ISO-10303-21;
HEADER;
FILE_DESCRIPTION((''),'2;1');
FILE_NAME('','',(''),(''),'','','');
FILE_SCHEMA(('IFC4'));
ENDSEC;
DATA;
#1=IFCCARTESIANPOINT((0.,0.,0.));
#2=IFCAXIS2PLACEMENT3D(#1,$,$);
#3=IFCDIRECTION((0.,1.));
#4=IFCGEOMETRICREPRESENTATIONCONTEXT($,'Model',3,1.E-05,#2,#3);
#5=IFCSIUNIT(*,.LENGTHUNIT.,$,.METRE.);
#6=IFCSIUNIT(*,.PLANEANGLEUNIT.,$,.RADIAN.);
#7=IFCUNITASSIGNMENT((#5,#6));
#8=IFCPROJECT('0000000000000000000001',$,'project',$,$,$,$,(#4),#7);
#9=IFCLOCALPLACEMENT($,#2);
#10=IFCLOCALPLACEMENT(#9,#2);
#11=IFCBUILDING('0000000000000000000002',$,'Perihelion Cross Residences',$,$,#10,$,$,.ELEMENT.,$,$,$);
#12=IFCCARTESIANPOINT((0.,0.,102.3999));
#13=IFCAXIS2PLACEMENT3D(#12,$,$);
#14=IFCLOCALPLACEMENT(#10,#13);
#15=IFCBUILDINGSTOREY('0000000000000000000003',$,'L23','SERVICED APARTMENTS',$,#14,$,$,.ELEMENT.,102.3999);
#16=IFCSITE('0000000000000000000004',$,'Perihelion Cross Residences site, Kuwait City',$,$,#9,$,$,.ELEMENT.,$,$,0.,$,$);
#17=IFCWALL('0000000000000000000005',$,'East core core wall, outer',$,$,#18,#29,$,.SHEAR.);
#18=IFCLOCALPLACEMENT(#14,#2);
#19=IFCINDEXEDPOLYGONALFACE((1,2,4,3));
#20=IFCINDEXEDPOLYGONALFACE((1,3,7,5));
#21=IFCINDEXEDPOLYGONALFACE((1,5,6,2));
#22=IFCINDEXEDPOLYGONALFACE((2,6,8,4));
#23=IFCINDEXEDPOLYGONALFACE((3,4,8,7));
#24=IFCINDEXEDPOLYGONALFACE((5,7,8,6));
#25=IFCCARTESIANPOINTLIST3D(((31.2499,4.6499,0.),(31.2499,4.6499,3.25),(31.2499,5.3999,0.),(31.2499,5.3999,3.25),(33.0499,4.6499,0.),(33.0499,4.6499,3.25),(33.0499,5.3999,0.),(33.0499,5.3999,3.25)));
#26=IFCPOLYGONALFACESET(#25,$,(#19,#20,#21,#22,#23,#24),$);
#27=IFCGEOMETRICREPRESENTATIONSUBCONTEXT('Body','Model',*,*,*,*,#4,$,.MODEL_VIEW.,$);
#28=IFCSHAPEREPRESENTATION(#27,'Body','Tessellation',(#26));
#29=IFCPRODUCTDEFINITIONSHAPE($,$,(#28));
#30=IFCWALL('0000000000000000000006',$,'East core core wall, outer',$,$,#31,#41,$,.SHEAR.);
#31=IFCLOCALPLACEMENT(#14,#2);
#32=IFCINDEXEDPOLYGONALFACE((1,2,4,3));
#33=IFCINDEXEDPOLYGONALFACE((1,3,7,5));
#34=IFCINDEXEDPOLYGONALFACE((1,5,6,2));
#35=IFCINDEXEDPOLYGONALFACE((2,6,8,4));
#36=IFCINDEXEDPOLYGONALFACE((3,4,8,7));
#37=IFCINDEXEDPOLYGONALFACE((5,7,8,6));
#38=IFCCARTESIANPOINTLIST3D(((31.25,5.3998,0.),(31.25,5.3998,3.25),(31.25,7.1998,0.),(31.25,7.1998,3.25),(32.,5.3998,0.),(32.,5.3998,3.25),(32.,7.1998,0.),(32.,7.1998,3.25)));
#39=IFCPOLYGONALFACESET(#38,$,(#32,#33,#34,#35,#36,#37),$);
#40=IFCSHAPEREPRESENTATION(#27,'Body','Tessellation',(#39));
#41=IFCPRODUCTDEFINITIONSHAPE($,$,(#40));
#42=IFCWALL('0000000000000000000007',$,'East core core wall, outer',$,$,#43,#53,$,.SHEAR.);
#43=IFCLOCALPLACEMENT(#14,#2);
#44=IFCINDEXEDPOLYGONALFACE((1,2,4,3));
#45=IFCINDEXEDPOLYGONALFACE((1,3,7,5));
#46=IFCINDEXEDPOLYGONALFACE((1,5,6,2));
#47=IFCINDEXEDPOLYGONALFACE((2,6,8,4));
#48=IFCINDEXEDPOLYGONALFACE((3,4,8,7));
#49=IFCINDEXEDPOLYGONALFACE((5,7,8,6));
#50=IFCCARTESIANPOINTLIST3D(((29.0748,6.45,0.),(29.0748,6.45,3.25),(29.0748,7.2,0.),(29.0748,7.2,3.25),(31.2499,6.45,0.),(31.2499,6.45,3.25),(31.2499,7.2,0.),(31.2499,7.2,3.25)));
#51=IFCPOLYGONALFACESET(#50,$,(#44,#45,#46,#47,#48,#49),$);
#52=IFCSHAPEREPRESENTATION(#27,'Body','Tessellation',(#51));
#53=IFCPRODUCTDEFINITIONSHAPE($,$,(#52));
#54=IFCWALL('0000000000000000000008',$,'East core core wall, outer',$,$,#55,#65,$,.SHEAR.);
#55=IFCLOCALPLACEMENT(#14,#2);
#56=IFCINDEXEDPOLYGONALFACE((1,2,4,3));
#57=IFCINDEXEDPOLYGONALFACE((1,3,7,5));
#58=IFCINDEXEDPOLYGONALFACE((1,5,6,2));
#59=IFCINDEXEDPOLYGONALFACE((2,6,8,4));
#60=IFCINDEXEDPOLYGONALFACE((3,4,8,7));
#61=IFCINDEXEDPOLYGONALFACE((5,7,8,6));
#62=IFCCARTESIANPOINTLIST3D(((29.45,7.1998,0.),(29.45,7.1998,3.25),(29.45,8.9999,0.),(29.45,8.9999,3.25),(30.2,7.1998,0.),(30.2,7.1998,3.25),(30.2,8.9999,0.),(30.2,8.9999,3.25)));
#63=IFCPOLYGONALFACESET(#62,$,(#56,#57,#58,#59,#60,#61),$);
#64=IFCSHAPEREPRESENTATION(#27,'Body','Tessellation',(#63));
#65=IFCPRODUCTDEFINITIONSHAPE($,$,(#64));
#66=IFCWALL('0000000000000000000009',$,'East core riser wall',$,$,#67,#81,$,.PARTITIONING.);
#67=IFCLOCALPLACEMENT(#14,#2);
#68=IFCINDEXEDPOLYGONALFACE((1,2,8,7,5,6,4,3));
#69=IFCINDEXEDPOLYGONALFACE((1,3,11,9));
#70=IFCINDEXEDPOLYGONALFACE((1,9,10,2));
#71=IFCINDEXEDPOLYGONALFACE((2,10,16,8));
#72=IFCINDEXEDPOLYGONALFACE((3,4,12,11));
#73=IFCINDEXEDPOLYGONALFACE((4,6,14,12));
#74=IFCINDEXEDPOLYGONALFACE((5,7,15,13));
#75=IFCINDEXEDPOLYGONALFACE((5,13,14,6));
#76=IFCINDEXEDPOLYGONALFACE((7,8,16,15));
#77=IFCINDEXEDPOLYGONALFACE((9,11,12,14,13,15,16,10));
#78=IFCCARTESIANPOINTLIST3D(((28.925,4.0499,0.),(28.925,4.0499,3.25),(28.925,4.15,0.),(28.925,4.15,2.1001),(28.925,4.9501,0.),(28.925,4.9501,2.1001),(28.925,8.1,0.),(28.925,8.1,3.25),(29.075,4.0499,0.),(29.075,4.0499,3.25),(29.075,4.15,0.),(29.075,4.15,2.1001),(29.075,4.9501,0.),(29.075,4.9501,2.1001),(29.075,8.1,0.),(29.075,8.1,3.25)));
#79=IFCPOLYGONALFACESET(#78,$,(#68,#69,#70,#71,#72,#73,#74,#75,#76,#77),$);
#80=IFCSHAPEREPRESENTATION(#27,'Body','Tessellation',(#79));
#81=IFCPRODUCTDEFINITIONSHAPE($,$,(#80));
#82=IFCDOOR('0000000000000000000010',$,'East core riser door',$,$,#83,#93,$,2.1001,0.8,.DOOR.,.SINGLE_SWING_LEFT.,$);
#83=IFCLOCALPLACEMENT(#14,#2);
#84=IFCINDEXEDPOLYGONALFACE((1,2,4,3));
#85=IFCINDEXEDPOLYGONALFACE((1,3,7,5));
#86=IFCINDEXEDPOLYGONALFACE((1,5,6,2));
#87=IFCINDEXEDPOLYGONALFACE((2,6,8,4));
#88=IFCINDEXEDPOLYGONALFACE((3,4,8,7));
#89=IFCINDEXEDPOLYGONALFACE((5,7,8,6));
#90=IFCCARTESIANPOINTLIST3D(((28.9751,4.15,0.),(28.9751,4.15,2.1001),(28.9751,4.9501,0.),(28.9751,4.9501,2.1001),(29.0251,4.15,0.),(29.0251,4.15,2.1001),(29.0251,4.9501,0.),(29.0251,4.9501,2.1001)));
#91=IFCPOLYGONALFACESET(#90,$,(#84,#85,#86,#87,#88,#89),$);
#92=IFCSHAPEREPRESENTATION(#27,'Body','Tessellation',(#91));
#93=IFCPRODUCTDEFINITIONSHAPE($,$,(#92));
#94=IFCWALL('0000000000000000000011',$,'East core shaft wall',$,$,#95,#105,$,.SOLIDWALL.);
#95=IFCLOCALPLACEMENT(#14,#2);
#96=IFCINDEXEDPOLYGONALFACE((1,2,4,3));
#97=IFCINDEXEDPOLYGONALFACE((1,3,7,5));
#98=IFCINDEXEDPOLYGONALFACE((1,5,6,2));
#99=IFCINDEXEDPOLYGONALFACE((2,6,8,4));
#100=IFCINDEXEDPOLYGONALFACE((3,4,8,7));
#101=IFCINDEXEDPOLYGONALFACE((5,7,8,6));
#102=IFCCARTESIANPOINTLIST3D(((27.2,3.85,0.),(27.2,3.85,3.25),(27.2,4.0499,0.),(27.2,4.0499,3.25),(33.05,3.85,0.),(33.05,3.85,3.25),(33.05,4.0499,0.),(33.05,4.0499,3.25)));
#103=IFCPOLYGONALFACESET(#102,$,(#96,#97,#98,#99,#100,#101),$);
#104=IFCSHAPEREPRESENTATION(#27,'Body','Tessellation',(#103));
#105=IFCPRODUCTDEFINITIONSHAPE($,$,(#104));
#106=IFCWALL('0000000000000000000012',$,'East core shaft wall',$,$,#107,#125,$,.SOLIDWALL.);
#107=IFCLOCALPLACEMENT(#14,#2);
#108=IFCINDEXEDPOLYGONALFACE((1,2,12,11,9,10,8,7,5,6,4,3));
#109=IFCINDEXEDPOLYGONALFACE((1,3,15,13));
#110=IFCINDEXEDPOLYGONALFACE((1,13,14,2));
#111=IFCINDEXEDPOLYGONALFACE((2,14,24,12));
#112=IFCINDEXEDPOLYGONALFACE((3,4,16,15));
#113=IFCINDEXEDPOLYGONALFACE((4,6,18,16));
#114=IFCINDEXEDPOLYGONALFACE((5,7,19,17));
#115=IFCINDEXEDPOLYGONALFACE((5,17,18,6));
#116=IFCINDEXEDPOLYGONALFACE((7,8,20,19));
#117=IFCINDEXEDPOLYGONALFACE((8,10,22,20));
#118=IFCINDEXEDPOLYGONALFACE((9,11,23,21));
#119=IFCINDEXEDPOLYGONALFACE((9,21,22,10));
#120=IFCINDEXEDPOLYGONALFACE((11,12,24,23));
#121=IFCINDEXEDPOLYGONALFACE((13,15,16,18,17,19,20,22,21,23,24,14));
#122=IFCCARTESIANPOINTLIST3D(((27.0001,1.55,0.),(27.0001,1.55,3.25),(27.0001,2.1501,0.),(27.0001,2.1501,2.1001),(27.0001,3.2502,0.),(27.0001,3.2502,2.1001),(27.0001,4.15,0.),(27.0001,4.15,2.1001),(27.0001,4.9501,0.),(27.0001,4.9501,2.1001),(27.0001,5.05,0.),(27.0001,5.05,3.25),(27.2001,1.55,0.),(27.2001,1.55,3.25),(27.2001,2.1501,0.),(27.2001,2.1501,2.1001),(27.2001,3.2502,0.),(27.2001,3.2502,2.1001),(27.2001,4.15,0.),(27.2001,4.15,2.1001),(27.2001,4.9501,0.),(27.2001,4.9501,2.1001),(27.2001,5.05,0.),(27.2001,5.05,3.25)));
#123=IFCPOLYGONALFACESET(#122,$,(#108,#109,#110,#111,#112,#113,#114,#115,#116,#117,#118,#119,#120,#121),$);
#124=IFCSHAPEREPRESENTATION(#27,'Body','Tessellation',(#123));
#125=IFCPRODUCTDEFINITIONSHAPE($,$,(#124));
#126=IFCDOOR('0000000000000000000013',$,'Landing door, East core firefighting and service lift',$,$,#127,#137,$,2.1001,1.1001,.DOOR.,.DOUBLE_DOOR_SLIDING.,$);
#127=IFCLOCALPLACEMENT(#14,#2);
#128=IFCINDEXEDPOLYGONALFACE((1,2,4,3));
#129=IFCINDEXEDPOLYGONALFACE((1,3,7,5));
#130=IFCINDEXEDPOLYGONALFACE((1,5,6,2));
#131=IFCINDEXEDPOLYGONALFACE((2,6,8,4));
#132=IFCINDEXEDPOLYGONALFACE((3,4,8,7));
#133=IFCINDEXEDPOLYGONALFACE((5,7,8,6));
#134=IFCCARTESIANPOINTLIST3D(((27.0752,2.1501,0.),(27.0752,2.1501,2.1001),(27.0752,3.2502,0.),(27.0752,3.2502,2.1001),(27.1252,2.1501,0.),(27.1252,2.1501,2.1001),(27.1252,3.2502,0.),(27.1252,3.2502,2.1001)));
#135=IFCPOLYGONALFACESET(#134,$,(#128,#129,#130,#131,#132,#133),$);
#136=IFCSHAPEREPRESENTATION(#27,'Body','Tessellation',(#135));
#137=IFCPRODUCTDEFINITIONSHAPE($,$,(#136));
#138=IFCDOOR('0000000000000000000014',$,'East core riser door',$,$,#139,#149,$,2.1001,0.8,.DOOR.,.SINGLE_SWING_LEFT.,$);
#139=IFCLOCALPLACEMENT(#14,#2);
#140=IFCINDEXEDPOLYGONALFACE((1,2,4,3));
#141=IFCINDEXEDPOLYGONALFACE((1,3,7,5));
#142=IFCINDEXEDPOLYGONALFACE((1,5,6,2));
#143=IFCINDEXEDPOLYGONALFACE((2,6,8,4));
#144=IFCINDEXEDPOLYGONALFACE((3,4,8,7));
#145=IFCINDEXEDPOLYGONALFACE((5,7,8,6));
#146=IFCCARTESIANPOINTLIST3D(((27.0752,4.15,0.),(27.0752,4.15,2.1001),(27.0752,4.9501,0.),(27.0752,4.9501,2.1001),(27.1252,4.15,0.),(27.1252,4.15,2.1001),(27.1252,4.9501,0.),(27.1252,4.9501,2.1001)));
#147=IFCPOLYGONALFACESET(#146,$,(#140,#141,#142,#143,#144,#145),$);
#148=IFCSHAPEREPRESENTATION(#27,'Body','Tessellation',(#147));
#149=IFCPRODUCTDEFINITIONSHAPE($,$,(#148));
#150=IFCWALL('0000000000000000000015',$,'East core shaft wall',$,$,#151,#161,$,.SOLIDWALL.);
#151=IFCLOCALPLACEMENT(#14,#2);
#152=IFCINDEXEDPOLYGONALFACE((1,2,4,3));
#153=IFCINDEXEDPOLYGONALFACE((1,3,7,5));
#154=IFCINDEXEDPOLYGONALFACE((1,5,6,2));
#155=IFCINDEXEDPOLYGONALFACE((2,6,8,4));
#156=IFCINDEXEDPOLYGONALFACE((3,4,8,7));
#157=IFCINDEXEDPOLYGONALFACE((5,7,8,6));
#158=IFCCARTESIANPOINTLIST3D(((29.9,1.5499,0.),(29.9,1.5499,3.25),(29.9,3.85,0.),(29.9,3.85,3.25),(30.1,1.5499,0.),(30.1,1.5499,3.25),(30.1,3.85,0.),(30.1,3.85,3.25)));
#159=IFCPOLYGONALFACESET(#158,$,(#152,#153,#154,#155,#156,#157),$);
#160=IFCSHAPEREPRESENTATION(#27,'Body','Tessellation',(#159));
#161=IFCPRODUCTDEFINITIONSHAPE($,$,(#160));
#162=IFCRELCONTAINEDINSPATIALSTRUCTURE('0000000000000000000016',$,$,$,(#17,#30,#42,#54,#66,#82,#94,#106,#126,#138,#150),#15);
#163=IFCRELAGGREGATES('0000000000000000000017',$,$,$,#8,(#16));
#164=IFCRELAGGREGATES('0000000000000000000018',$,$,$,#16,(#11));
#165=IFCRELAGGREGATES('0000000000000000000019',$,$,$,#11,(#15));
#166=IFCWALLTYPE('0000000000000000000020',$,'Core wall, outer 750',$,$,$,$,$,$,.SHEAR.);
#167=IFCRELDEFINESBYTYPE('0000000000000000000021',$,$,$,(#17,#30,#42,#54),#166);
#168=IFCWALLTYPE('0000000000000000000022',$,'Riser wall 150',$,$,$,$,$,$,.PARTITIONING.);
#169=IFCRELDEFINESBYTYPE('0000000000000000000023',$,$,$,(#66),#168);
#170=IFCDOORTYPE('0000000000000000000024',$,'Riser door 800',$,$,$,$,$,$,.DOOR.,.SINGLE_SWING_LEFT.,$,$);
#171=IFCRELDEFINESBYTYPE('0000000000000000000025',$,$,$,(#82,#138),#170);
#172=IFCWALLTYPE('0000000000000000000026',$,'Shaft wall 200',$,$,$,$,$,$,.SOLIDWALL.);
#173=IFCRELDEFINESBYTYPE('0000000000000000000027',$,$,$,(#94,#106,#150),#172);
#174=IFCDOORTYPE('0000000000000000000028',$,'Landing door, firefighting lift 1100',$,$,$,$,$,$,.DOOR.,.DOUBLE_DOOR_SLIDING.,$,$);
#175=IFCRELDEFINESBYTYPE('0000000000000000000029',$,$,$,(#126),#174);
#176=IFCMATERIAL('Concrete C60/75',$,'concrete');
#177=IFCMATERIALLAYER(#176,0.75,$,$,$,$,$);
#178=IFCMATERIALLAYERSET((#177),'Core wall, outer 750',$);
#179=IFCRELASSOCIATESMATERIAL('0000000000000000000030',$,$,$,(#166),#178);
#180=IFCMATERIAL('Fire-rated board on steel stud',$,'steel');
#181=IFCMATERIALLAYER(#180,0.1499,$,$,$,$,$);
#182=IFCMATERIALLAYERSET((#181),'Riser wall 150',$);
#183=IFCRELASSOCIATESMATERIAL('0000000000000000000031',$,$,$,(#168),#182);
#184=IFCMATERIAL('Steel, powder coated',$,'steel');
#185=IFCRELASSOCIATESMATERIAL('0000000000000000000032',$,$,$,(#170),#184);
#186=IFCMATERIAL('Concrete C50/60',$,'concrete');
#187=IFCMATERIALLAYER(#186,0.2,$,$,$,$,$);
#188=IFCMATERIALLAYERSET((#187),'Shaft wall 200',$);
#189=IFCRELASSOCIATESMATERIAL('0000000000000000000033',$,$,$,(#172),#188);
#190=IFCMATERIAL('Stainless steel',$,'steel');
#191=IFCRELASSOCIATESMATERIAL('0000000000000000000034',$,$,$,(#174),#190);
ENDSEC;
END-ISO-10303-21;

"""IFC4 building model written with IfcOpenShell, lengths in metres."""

from ifc_helpers import new_model, si_unit, direction, frame, frame_2d, origin, place, context, subcontext, project, spatial, rectangle, extrude, material, layer, layer_set, type_object, element, fill, save


model = new_model("IFC4")

# Units and contexts
model_context = context("Model", 3, precision=1e-05, world=origin(), true_north=direction((0.0, 1.0)))
body_context = subcontext(model_context, "Body", "Model", "MODEL_VIEW")
ifc_project = project(units=[si_unit("LENGTHUNIT", "METRE"), si_unit("PLANEANGLEUNIT", "RADIAN")], contexts=[model_context])

# Site, building, storey
site_placement = place(None, origin())
site = spatial("IfcSite", under=ifc_project, at=site_placement, Name="Perihelion Cross Residences site, Kuwait City", CompositionType="ELEMENT", RefElevation=0.0)
building_placement = place(site_placement, origin())
building = spatial("IfcBuilding", under=site, at=building_placement, Name="Perihelion Cross Residences", CompositionType="ELEMENT")
storey_placement = place(building_placement, frame((0.0, 0.0, 102.3999)))
storey = spatial("IfcBuildingStorey", under=building, at=storey_placement, Name="L23", Description="SERVICED APARTMENTS", CompositionType="ELEMENT", Elevation=102.3999)

# Walls
ifc_material_1 = material(Name="Concrete C60/75", Category="concrete")
ifc_layer_1 = layer(ifc_material_1, 0.75)
ifc_layer_set_1 = layer_set([ifc_layer_1], Name="Core wall, outer 750")
wall_type_1 = type_object("IfcWallType", Name="Core wall, outer 750", PredefinedType="SHEAR", material=ifc_layer_set_1)
for number, where, z_axis, x_axis, name in (
    (1, (31.25, 5.0249, 0.0), (0.0, 0.0, 1.0), (1.0, 0.0, 0.0), "East core core wall, outer"),
    (2, (31.625, 5.3999, 0.0), (0.0, 0.0, 1.0), (0.0, 1.0, 0.0), "East core core wall, outer"),
):
    element("IfcWall", number, at=place(storey_placement, frame(where, z_axis=z_axis, x_axis=x_axis)), inside=storey, type_object=wall_type_1, Name=name, PredefinedType="SHEAR", context=body_context, shape_type="SweptSolid", body=[
        extrude(rectangle(XDim=1.8, YDim=0.75, at=frame_2d((0.8999, 0.0))), origin(), (0.0, 0.0, 1.0), 3.25),
    ])
wall_1_placement = place(storey_placement, frame((29.075, 6.825, 0.0), z_axis=(0.0, 0.0, 1.0), x_axis=(1.0, 0.0, 0.0)))
element("IfcWall", 3, at=wall_1_placement, inside=storey, type_object=wall_type_1, Name="East core core wall, outer", PredefinedType="SHEAR", context=body_context, shape_type="SweptSolid", body=[
    extrude(rectangle(XDim=2.175, YDim=0.75, at=frame_2d((1.0874, 0.0))), origin(), (0.0, 0.0, 1.0), 3.25),
])
wall_2_placement = place(storey_placement, frame((29.825, 7.2, 0.0), z_axis=(0.0, 0.0, 1.0), x_axis=(0.0, 1.0, 0.0)))
element("IfcWall", 4, at=wall_2_placement, inside=storey, type_object=wall_type_1, Name="East core core wall, outer", PredefinedType="SHEAR", context=body_context, shape_type="SweptSolid", body=[
    extrude(rectangle(XDim=1.8, YDim=0.75, at=frame_2d((0.8999, 0.0))), origin(), (0.0, 0.0, 1.0), 3.25),
])

# Wall, opening, door
ifc_material_2 = material(Name="Fire-rated board on steel stud", Category="steel")
ifc_layer_2 = layer(ifc_material_2, 0.1499)
ifc_layer_set_2 = layer_set([ifc_layer_2], Name="Riser wall 150")
wall_type_2 = type_object("IfcWallType", Name="Riser wall 150", PredefinedType="PARTITIONING", material=ifc_layer_set_2)
wall_3_placement = place(storey_placement, frame((29.0, 4.05, 0.0), z_axis=(0.0, 0.0, 1.0), x_axis=(0.0, 1.0, 0.0)))
wall_3 = element("IfcWall", 5, at=wall_3_placement, inside=storey, type_object=wall_type_2, Name="East core riser wall", PredefinedType="PARTITIONING", context=body_context, shape_type="SweptSolid", body=[
    extrude(rectangle(XDim=4.05, YDim=0.1499, at=frame_2d((2.0249, 0.0))), origin(), (0.0, 0.0, 1.0), 3.25),
])
opening_1_placement = place(wall_3_placement, frame((0.1001, 0.0, 0.0)))
opening_1 = element("IfcOpeningElement", 6, at=opening_1_placement, cuts=wall_3, PredefinedType="OPENING", context=body_context, shape_type="SweptSolid", body=[
    extrude(rectangle(XDim=0.8, YDim=2.1001, at=frame_2d((0.3999, 1.05))), frame((0.0, 0.085, 0.0), z_axis=(0.0, -1.0, 0.0), x_axis=(1.0, 0.0, 0.0)), (0.0, 0.0, 1.0), 0.1699),
])
ifc_material_3 = material(Name="Steel, powder coated", Category="steel")
door_type_1 = type_object("IfcDoorType", Name="Riser door 800", OperationType="SINGLE_SWING_LEFT", PredefinedType="DOOR", material=ifc_material_3)
door_1_placement = place(opening_1_placement, origin())
door_1 = element("IfcDoor", 7, at=door_1_placement, inside=storey, type_object=door_type_1, Name="East core riser door", OperationType="SINGLE_SWING_LEFT", OverallHeight=2.1001, OverallWidth=0.8, PredefinedType="DOOR", context=body_context, shape_type="SweptSolid", body=[
    extrude(rectangle(XDim=0.8, YDim=2.1001, at=frame_2d((0.3999, 1.05))), frame((0.0, 0.0249, 0.0), z_axis=(0.0, -1.0, 0.0), x_axis=(1.0, 0.0, 0.0)), (0.0, 0.0, 1.0), 0.05),
])
fill(opening_1, door_1)

# Wall
ifc_material_4 = material(Name="Concrete C50/60", Category="concrete")
ifc_layer_3 = layer(ifc_material_4, 0.2)
ifc_layer_set_3 = layer_set([ifc_layer_3], Name="Shaft wall 200")
wall_type_3 = type_object("IfcWallType", Name="Shaft wall 200", PredefinedType="SOLIDWALL", material=ifc_layer_set_3)
wall_4_placement = place(storey_placement, frame((27.2, 3.95, 0.0), z_axis=(0.0, 0.0, 1.0), x_axis=(1.0, 0.0, 0.0)))
element("IfcWall", 8, at=wall_4_placement, inside=storey, type_object=wall_type_3, Name="East core shaft wall", PredefinedType="SOLIDWALL", context=body_context, shape_type="SweptSolid", body=[
    extrude(rectangle(XDim=5.8501, YDim=0.2, at=frame_2d((2.925, 0.0))), origin(), (0.0, 0.0, 1.0), 3.25),
])

# Wall, openings, doors
wall_5_placement = place(storey_placement, frame((27.1001, 1.55, 0.0), z_axis=(0.0, 0.0, 1.0), x_axis=(0.0, 1.0, 0.0)))
wall_5 = element("IfcWall", 9, at=wall_5_placement, inside=storey, type_object=wall_type_3, Name="East core shaft wall", PredefinedType="SOLIDWALL", context=body_context, shape_type="SweptSolid", body=[
    extrude(rectangle(XDim=3.5, YDim=0.2, at=frame_2d((1.75, 0.0))), origin(), (0.0, 0.0, 1.0), 3.25),
])
opening_2_placement = place(wall_5_placement, frame((0.6001, 0.0, 0.0)))
opening_2 = element("IfcOpeningElement", 10, at=opening_2_placement, cuts=wall_5, PredefinedType="OPENING", context=body_context, shape_type="SweptSolid", body=[
    extrude(rectangle(XDim=1.1001, YDim=2.1001, at=frame_2d((0.55, 1.05))), frame((0.0, 0.1099, 0.0), z_axis=(0.0, -1.0, 0.0), x_axis=(1.0, 0.0, 0.0)), (0.0, 0.0, 1.0), 0.22),
])
opening_3_placement = place(wall_5_placement, frame((2.6001, 0.0, 0.0)))
opening_3 = element("IfcOpeningElement", 11, at=opening_3_placement, cuts=wall_5, PredefinedType="OPENING", context=body_context, shape_type="SweptSolid", body=[
    extrude(rectangle(XDim=0.8, YDim=2.1001, at=frame_2d((0.3999, 1.05))), frame((0.0, 0.1099, 0.0), z_axis=(0.0, -1.0, 0.0), x_axis=(1.0, 0.0, 0.0)), (0.0, 0.0, 1.0), 0.22),
])
ifc_material_5 = material(Name="Stainless steel", Category="steel")
door_type_2 = type_object("IfcDoorType", Name="Landing door, firefighting lift 1100", OperationType="DOUBLE_DOOR_SLIDING", PredefinedType="DOOR", material=ifc_material_5)
door_2_placement = place(opening_2_placement, origin())
door_2 = element("IfcDoor", 12, at=door_2_placement, inside=storey, type_object=door_type_2, Name="Landing door, East core firefighting and service lift", OperationType="DOUBLE_DOOR_SLIDING", OverallHeight=2.1001, OverallWidth=1.1001, PredefinedType="DOOR", context=body_context, shape_type="SweptSolid", body=[
    extrude(rectangle(XDim=1.1001, YDim=2.1001, at=frame_2d((0.55, 1.05))), frame((0.0, 0.0249, 0.0), z_axis=(0.0, -1.0, 0.0), x_axis=(1.0, 0.0, 0.0)), (0.0, 0.0, 1.0), 0.05),
])
fill(opening_2, door_2)
door_3_placement = place(opening_3_placement, origin())
door_3 = element("IfcDoor", 13, at=door_3_placement, inside=storey, type_object=door_type_1, Name="East core riser door", OperationType="SINGLE_SWING_LEFT", OverallHeight=2.1001, OverallWidth=0.8, PredefinedType="DOOR", context=body_context, shape_type="SweptSolid", body=[
    extrude(rectangle(XDim=0.8, YDim=2.1001, at=frame_2d((0.3999, 1.05))), frame((0.0, 0.0249, 0.0), z_axis=(0.0, -1.0, 0.0), x_axis=(1.0, 0.0, 0.0)), (0.0, 0.0, 1.0), 0.05),
])
fill(opening_3, door_3)

# Wall
wall_6_placement = place(storey_placement, frame((30.0, 1.55, 0.0), z_axis=(0.0, 0.0, 1.0), x_axis=(0.0, 1.0, 0.0)))
element("IfcWall", 14, at=wall_6_placement, inside=storey, type_object=wall_type_3, Name="East core shaft wall", PredefinedType="SOLIDWALL", context=body_context, shape_type="SweptSolid", body=[
    extrude(rectangle(XDim=2.3, YDim=0.2, at=frame_2d((1.1499, 0.0))), origin(), (0.0, 0.0, 1.0), 3.25),
])

save(model, "model.ifc")
